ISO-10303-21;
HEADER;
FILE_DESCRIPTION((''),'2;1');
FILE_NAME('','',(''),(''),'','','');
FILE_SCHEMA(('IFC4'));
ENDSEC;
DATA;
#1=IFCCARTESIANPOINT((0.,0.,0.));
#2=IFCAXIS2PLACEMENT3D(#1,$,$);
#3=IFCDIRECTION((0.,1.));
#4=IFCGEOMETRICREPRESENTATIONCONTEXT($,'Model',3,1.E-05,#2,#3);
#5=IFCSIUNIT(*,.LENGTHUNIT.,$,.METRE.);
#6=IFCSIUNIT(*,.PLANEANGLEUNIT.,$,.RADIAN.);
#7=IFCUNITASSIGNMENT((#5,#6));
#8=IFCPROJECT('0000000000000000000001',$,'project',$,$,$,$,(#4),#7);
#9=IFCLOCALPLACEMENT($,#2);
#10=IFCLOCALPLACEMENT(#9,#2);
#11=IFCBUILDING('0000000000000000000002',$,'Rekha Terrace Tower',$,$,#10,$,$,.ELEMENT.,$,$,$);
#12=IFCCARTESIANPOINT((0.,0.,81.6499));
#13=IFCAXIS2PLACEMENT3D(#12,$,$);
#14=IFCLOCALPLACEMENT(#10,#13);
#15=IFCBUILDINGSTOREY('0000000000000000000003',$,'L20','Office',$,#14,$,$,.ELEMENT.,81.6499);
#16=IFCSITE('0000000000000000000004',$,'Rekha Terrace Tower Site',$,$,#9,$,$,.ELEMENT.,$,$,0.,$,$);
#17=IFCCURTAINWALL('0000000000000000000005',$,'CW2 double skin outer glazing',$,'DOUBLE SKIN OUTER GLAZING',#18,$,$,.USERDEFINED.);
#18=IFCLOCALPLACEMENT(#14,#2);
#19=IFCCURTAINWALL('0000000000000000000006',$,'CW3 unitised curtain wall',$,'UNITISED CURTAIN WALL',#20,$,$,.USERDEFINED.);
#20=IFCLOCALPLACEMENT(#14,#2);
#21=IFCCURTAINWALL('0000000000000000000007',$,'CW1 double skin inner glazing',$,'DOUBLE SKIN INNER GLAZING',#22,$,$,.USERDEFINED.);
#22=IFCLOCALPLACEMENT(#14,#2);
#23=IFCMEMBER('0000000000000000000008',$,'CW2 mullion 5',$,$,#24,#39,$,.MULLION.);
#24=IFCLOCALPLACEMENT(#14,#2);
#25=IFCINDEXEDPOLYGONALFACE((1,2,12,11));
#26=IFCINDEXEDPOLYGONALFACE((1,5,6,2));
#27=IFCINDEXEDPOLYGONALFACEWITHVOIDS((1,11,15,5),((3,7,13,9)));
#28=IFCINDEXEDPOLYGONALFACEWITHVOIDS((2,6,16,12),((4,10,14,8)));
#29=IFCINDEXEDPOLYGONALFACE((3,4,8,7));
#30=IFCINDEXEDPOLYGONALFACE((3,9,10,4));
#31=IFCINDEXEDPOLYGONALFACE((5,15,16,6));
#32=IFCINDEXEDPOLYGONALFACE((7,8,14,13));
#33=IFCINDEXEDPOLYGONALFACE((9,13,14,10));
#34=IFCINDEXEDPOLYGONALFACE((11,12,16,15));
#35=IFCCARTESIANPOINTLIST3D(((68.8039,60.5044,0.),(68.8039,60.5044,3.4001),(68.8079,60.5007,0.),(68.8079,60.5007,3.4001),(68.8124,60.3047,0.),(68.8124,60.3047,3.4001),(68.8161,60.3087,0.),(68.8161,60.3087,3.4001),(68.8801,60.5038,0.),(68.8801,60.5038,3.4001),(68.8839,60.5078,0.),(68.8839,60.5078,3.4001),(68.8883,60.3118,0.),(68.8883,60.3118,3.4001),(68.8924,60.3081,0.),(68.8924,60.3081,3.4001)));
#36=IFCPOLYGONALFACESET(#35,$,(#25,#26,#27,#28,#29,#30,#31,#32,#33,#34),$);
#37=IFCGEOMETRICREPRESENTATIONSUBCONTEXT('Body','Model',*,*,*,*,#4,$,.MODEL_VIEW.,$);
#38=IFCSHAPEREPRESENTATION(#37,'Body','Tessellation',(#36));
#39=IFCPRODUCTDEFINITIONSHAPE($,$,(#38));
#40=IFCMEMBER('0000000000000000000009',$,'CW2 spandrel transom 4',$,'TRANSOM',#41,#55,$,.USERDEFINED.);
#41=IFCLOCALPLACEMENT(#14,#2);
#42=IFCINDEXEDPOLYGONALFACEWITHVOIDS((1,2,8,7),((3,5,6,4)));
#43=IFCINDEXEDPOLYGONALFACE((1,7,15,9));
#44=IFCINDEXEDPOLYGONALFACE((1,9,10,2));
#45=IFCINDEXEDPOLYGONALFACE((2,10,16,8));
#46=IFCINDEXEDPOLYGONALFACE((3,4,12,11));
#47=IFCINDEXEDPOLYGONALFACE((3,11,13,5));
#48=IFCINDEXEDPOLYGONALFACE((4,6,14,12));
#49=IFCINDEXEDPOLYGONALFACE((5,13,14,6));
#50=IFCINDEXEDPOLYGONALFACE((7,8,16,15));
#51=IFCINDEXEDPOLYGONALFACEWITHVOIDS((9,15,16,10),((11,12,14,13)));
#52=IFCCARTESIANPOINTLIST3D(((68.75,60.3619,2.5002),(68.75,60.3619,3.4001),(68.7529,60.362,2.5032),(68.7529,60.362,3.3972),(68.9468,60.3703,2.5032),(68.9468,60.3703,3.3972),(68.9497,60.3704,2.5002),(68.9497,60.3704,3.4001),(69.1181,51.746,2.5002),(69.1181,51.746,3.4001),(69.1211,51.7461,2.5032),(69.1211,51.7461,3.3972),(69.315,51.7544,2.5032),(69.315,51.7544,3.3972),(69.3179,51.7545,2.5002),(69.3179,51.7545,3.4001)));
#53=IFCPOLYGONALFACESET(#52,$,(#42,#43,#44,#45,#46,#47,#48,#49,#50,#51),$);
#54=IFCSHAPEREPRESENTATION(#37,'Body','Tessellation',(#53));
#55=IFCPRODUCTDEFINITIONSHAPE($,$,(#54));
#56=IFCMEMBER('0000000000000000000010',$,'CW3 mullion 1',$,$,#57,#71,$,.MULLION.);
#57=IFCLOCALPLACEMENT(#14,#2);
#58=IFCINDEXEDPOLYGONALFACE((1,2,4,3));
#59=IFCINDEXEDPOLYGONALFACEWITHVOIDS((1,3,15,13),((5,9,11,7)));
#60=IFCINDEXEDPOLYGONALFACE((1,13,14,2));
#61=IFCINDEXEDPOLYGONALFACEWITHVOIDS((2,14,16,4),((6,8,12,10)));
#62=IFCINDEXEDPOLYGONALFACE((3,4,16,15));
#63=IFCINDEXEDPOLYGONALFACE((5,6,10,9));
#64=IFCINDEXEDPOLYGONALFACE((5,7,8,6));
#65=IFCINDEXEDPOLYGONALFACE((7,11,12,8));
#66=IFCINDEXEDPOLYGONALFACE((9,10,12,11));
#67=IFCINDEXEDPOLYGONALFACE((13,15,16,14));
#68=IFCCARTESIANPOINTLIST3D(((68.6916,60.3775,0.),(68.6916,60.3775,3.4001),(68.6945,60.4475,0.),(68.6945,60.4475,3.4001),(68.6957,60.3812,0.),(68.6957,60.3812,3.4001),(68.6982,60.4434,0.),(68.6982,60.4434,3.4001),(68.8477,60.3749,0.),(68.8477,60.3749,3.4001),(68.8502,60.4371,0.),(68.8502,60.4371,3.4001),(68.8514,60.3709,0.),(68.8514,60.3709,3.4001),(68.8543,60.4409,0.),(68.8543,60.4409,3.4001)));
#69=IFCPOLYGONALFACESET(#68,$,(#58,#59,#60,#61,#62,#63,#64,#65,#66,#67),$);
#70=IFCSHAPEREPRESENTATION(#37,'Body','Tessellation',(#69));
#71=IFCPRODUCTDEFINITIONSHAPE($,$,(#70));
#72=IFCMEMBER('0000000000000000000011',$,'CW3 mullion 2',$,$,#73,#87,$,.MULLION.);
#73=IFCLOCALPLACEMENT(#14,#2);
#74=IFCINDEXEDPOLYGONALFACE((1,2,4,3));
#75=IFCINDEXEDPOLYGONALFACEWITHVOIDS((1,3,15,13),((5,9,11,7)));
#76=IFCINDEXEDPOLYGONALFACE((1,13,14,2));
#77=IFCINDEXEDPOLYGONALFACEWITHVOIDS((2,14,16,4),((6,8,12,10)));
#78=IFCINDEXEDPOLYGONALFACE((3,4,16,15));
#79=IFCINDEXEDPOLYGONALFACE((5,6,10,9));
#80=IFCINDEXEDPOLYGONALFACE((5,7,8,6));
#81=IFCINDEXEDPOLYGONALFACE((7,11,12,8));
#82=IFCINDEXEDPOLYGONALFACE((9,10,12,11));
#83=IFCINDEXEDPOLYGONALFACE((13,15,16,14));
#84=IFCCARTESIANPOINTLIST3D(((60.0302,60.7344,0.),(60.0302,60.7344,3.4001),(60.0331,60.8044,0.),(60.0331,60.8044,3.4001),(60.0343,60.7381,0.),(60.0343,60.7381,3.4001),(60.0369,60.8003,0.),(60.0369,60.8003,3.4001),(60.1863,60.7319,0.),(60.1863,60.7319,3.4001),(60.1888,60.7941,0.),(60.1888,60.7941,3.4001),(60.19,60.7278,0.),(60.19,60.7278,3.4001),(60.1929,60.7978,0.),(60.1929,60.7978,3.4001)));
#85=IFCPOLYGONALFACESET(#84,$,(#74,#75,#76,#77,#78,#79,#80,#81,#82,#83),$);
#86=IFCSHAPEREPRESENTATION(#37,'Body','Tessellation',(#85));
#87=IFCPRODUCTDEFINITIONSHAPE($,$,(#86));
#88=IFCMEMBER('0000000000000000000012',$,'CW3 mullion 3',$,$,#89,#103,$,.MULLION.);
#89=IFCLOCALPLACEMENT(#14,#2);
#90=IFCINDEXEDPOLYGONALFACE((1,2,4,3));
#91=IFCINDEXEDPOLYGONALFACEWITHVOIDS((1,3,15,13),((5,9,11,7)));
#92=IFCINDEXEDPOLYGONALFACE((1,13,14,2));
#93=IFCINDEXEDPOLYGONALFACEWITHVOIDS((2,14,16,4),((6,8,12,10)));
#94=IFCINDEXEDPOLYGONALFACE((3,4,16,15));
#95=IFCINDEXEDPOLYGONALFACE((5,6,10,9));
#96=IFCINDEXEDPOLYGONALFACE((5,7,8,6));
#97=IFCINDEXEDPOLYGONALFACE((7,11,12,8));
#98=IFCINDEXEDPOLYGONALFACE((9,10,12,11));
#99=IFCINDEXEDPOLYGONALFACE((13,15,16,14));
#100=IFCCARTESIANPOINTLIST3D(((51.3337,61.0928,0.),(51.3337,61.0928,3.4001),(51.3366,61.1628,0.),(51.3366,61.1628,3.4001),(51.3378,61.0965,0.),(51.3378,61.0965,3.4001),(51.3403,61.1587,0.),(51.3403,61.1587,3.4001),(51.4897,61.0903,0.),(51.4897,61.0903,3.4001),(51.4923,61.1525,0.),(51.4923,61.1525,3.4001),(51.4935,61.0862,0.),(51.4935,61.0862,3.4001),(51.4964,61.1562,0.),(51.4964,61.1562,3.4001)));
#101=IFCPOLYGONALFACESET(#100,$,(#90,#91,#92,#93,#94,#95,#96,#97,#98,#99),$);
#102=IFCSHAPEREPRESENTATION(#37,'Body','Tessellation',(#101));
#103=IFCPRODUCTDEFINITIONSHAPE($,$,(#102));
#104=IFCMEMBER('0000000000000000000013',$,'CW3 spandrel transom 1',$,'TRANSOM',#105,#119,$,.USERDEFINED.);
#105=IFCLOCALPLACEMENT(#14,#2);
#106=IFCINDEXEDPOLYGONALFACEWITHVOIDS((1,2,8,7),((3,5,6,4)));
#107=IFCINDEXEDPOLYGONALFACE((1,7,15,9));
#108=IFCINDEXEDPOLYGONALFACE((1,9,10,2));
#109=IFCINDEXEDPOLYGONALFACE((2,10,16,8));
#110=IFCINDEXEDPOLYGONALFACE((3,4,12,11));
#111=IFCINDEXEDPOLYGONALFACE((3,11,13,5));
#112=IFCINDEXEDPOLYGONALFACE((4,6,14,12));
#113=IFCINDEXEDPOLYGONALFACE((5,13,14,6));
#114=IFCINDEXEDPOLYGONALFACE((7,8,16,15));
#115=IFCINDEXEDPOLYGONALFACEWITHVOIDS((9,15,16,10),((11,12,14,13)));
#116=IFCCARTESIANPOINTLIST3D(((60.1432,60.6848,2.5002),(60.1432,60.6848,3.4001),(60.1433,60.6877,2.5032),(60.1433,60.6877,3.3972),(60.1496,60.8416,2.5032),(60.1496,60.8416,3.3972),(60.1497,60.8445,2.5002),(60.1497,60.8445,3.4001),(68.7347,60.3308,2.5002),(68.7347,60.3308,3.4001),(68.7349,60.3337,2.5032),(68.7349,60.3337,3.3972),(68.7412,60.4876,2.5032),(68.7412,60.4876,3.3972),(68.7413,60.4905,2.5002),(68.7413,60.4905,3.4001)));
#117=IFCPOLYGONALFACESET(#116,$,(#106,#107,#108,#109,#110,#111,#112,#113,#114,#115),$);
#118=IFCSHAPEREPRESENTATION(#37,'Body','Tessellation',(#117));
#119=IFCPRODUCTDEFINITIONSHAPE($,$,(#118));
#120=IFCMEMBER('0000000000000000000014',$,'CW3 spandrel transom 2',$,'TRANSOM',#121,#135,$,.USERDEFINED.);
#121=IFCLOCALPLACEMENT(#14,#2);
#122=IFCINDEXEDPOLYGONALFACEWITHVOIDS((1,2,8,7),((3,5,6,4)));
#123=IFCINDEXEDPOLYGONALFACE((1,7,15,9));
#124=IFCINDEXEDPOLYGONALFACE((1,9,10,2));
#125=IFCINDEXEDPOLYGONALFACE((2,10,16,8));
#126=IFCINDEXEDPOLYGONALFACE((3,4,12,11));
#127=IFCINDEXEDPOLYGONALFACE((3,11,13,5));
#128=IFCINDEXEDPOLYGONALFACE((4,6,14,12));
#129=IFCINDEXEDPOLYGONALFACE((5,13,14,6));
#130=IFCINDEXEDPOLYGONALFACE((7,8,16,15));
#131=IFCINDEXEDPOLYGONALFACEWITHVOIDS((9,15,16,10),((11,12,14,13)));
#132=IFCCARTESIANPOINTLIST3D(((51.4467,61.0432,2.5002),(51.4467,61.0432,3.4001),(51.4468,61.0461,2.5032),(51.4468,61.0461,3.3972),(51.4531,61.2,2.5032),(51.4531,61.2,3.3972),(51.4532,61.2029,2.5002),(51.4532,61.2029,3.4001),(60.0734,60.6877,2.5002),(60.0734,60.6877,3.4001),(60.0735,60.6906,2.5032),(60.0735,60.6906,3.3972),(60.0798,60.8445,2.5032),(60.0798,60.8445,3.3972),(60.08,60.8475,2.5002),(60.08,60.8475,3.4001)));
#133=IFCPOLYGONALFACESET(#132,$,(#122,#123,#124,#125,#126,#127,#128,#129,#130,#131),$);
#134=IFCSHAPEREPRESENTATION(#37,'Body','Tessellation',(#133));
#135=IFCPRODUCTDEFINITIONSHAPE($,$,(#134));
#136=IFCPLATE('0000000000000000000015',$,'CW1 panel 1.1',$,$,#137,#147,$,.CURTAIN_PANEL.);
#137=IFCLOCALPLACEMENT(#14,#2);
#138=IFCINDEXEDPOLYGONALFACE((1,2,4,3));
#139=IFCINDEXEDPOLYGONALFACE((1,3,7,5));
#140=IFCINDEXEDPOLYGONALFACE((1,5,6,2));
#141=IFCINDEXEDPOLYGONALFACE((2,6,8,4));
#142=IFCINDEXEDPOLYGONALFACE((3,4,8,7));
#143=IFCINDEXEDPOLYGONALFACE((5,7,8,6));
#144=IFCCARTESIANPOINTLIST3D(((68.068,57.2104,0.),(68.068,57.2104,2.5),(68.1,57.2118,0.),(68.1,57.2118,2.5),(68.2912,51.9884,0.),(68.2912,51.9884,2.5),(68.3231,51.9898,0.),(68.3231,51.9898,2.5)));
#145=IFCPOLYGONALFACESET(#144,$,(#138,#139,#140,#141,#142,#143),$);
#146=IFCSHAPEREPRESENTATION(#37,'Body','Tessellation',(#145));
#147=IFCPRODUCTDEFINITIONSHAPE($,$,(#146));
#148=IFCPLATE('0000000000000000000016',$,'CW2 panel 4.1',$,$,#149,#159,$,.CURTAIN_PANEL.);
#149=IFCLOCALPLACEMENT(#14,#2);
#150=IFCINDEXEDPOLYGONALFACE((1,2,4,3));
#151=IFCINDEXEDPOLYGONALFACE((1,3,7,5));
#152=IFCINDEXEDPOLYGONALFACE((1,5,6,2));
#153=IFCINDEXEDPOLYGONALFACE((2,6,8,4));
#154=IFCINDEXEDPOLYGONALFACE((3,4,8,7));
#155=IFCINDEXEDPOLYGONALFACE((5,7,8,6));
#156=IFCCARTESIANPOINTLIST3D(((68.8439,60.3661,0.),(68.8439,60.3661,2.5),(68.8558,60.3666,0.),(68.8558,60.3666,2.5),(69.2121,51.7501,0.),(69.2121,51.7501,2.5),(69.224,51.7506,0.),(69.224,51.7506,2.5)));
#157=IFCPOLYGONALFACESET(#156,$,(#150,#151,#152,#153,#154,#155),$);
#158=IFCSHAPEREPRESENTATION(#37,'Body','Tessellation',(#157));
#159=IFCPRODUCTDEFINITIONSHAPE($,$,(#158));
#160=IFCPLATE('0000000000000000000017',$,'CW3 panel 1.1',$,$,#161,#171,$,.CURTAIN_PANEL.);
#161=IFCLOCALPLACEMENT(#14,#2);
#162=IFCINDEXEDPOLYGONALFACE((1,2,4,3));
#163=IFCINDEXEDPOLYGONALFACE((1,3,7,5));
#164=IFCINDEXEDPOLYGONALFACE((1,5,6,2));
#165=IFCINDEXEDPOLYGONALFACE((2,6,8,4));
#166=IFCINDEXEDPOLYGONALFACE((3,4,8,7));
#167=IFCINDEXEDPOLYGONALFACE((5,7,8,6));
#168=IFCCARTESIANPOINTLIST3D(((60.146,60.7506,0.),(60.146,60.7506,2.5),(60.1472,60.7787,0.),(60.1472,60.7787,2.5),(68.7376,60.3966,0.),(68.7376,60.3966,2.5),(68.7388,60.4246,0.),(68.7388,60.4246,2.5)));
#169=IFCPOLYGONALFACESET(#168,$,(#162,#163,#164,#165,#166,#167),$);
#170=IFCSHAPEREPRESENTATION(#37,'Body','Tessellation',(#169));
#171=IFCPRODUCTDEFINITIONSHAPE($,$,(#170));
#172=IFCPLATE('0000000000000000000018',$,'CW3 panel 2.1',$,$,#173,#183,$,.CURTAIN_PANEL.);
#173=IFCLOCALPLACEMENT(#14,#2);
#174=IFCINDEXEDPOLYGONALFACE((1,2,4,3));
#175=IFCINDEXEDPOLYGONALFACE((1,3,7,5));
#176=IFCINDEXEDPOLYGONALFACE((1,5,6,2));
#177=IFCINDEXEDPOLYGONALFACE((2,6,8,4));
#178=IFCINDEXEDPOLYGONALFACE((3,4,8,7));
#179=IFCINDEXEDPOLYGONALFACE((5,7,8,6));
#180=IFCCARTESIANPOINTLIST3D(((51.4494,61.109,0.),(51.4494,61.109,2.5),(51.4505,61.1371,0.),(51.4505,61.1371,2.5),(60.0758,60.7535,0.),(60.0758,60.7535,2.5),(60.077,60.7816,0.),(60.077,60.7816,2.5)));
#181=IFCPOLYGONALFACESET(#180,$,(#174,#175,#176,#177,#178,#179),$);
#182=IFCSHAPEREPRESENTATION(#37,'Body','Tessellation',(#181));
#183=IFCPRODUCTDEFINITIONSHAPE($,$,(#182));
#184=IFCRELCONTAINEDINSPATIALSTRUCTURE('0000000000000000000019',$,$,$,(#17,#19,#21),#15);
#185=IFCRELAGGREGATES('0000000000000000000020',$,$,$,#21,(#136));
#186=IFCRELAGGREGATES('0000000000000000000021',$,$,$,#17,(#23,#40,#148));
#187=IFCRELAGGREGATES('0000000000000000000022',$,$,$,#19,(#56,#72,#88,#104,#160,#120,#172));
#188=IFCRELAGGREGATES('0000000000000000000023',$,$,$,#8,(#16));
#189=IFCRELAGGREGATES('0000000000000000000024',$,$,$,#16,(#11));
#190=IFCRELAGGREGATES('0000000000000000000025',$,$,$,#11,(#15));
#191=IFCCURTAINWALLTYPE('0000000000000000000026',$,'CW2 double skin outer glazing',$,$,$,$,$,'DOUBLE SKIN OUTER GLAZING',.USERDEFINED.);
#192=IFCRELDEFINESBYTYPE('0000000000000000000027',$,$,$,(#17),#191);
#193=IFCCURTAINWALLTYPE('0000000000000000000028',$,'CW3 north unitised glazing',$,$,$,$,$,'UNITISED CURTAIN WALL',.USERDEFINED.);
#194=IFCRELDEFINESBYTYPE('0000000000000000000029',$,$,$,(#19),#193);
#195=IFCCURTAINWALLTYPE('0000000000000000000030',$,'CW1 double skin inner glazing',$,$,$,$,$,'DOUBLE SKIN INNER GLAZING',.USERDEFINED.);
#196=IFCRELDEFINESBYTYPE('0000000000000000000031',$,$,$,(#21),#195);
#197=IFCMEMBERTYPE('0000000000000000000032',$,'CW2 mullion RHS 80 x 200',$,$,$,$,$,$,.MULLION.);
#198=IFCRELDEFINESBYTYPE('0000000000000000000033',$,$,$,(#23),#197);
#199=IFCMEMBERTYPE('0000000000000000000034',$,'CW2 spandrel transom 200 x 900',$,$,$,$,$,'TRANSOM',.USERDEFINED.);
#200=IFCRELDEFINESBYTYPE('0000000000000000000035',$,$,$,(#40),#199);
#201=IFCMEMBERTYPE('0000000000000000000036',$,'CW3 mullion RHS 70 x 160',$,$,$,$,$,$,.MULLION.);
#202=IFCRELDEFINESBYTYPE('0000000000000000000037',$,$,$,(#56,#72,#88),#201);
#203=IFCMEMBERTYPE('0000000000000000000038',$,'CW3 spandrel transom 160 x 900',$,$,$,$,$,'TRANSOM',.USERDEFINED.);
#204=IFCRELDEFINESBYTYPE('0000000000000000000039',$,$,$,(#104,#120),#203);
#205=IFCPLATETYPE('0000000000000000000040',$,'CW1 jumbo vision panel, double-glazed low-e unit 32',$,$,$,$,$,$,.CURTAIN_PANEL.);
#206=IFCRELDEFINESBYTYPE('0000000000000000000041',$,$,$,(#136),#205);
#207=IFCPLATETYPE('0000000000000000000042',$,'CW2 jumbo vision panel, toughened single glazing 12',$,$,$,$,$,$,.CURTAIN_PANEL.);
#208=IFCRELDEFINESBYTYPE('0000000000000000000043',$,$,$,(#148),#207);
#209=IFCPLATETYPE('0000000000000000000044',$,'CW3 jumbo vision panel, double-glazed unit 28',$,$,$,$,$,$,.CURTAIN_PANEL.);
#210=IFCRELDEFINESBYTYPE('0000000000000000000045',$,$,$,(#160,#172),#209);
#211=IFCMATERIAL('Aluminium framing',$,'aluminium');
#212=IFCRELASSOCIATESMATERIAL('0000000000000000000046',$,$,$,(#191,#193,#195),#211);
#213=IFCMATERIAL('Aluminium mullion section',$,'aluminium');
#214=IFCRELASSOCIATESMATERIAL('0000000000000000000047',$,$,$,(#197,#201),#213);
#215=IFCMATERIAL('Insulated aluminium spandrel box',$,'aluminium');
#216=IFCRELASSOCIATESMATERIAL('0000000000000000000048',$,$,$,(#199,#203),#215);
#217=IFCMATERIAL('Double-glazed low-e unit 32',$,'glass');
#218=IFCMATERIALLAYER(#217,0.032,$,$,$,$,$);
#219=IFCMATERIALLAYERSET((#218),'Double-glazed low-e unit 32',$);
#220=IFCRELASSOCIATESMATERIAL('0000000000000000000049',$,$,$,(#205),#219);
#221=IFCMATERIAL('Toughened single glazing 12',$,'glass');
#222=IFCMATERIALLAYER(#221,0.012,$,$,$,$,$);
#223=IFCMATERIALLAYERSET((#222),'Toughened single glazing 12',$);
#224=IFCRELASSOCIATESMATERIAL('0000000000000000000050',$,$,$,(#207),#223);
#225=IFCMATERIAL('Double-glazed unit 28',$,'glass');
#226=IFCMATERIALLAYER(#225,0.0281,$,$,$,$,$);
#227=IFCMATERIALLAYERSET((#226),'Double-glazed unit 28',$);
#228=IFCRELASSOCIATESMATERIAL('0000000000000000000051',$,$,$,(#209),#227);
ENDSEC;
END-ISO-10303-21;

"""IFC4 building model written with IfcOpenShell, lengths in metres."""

from ifc_helpers import new_model, si_unit, direction, frame, origin, origin_2d, place, context, subcontext, project, spatial, rectangle, hollow_rectangle, extrude, material, layer, layer_set, material_profile, profile_set, type_object, element, aggregate, save


model = new_model("IFC4")

# Units and contexts
model_context = context("Model", 3, precision=1e-05, world=origin(), true_north=direction((0.0, 1.0)))
body_context = subcontext(model_context, "Body", "Model", "MODEL_VIEW")
ifc_project = project(units=[si_unit("LENGTHUNIT", "METRE"), si_unit("PLANEANGLEUNIT", "RADIAN")], contexts=[model_context])

# Site, building, storey
site_placement = place(None, origin())
site = spatial("IfcSite", under=ifc_project, at=site_placement, Name="Rekha Terrace Tower Site", CompositionType="ELEMENT", RefElevation=0.0)
building_placement = place(site_placement, origin())
building = spatial("IfcBuilding", under=site, at=building_placement, Name="Rekha Terrace Tower", CompositionType="ELEMENT")
storey_placement = place(building_placement, frame((0.0, 0.0, 81.6499)))
storey = spatial("IfcBuildingStorey", under=building, at=storey_placement, Name="L20", Description="Office", CompositionType="ELEMENT", Elevation=81.6499)

# Curtain wall
ifc_material_1 = material(Name="Aluminium framing", Category="aluminium")
curtain_wall_type_1 = type_object("IfcCurtainWallType", Name="CW2 double skin outer glazing", ElementType="DOUBLE SKIN OUTER GLAZING", PredefinedType="USERDEFINED", material=ifc_material_1)
curtain_wall_1_placement = place(storey_placement, origin())
curtain_wall_1 = element("IfcCurtainWall", 1, at=curtain_wall_1_placement, inside=storey, type_object=curtain_wall_type_1, Name="CW2 double skin outer glazing", ObjectType="DOUBLE SKIN OUTER GLAZING", PredefinedType="USERDEFINED")

# Curtain wall
curtain_wall_type_2 = type_object("IfcCurtainWallType", Name="CW3 north unitised glazing", ElementType="UNITISED CURTAIN WALL", PredefinedType="USERDEFINED", material=ifc_material_1)
curtain_wall_2_placement = place(storey_placement, origin())
curtain_wall_2 = element("IfcCurtainWall", 2, at=curtain_wall_2_placement, inside=storey, type_object=curtain_wall_type_2, Name="CW3 unitised curtain wall", ObjectType="UNITISED CURTAIN WALL", PredefinedType="USERDEFINED")

# Shared definitions
curtain_wall_type_3 = type_object("IfcCurtainWallType", Name="CW1 double skin inner glazing", ElementType="DOUBLE SKIN INNER GLAZING", PredefinedType="USERDEFINED", material=ifc_material_1)
ifc_material_2 = material(Name="Aluminium mullion section", Category="aluminium")

# Curtain wall
curtain_wall_3_placement = place(storey_placement, origin())
curtain_wall_3 = element("IfcCurtainWall", 3, at=curtain_wall_3_placement, inside=storey, type_object=curtain_wall_type_3, Name="CW1 double skin inner glazing", ObjectType="DOUBLE SKIN INNER GLAZING", PredefinedType="USERDEFINED")
ifc_material_3 = material(Name="Insulated aluminium spandrel box", Category="aluminium")

# Members
ifc_material_profile_1 = material_profile(ifc_material_2, hollow_rectangle(XDim=0.0801, YDim=0.2, WallThickness=0.0039, at=origin_2d()), Name="AL RHS 80x200")
ifc_profile_set_1 = profile_set([ifc_material_profile_1], Name="Aluminium mullion section")
member_type_1 = type_object("IfcMemberType", Name="CW2 mullion RHS 80 x 200", PredefinedType="MULLION", material=ifc_profile_set_1)
member_1_placement = place(storey_placement, frame((68.8481, 60.4062, 0.0), z_axis=(0.0, 0.0, 1.0), x_axis=(-0.999088, -0.042696, 0.0)))
member_1 = element("IfcMember", 4, at=member_1_placement, type_object=member_type_1, Name="CW2 mullion 5", PredefinedType="MULLION", context=body_context, shape_type="SweptSolid", body=[
    extrude(hollow_rectangle(XDim=0.0801, YDim=0.2, WallThickness=0.0039, at=origin_2d()), origin(), (0.0, 0.0, 1.0), 3.4001),
])
ifc_material_profile_2 = material_profile(ifc_material_3, hollow_rectangle(XDim=0.2, YDim=0.8999, WallThickness=0.0029, at=origin_2d()), Name="AL SPANDREL BOX 200x900")
ifc_profile_set_2 = profile_set([ifc_material_profile_2], Name="Insulated aluminium spandrel box")
member_type_2 = type_object("IfcMemberType", Name="CW2 spandrel transom 200 x 900", ElementType="TRANSOM", PredefinedType="USERDEFINED", material=ifc_profile_set_2)
member_2_placement = place(storey_placement, frame((69.218, 51.7502, 2.9502), z_axis=(-0.042691, 0.999088, 0.0), x_axis=(-0.999088, -0.042691, 0.0)))
member_2 = element("IfcMember", 5, at=member_2_placement, type_object=member_type_2, Name="CW2 spandrel transom 4", ObjectType="TRANSOM", PredefinedType="USERDEFINED", context=body_context, shape_type="SweptSolid", body=[
    extrude(hollow_rectangle(XDim=0.2, YDim=0.8999, WallThickness=0.0029, at=origin_2d()), origin(), (0.0, 0.0, 1.0), 8.6238),
])
ifc_material_profile_3 = material_profile(ifc_material_2, hollow_rectangle(XDim=0.0701, YDim=0.1599, WallThickness=0.0039, at=origin_2d()), Name="AL RHS 70x160")
ifc_profile_set_3 = profile_set([ifc_material_profile_3], Name="Aluminium mullion section")
member_type_3 = type_object("IfcMemberType", Name="CW3 mullion RHS 70 x 160", PredefinedType="MULLION", material=ifc_profile_set_3)
member_3_placement = place(storey_placement, frame((68.7729, 60.4092, 0.0), z_axis=(0.0, 0.0, 1.0), x_axis=(-0.041174, -0.999152, 0.0)))
member_3 = element("IfcMember", 6, at=member_3_placement, type_object=member_type_3, Name="CW3 mullion 1", PredefinedType="MULLION", context=body_context, shape_type="SweptSolid", body=[
    extrude(hollow_rectangle(XDim=0.0701, YDim=0.1599, WallThickness=0.0039, at=origin_2d()), origin(), (0.0, 0.0, 1.0), 3.4001),
])
member_4_placement = place(storey_placement, frame((60.1116, 60.7661, 0.0), z_axis=(0.0, 0.0, 1.0), x_axis=(-0.041174, -0.999152, 0.0)))
member_4 = element("IfcMember", 7, at=member_4_placement, type_object=member_type_3, Name="CW3 mullion 2", PredefinedType="MULLION", context=body_context, shape_type="SweptSolid", body=[
    extrude(hollow_rectangle(XDim=0.0701, YDim=0.1599, WallThickness=0.0039, at=origin_2d()), origin(), (0.0, 0.0, 1.0), 3.4001),
])
member_5_placement = place(storey_placement, frame((51.415, 61.1245, 0.0), z_axis=(0.0, 0.0, 1.0), x_axis=(-0.041174, -0.999152, 0.0)))
member_5 = element("IfcMember", 8, at=member_5_placement, type_object=member_type_3, Name="CW3 mullion 3", PredefinedType="MULLION", context=body_context, shape_type="SweptSolid", body=[
    extrude(hollow_rectangle(XDim=0.0701, YDim=0.1599, WallThickness=0.0039, at=origin_2d()), origin(), (0.0, 0.0, 1.0), 3.4001),
])
ifc_material_profile_4 = material_profile(ifc_material_3, hollow_rectangle(XDim=0.1599, YDim=0.8999, WallThickness=0.0029, at=origin_2d()), Name="AL SPANDREL BOX 160x900")
ifc_profile_set_4 = profile_set([ifc_material_profile_4], Name="Insulated aluminium spandrel box")
member_type_4 = type_object("IfcMemberType", Name="CW3 spandrel transom 160 x 900", ElementType="TRANSOM", PredefinedType="USERDEFINED", material=ifc_profile_set_4)
member_6_placement = place(storey_placement, frame((68.738, 60.4106, 2.9502), z_axis=(-0.999152, 0.041169, 0.0), x_axis=(-0.041169, -0.999152, 0.0)))
member_6 = element("IfcMember", 9, at=member_6_placement, type_object=member_type_4, Name="CW3 spandrel transom 1", ObjectType="TRANSOM", PredefinedType="USERDEFINED", context=body_context, shape_type="SweptSolid", body=[
    extrude(hollow_rectangle(XDim=0.1599, YDim=0.8999, WallThickness=0.0029, at=origin_2d()), origin(), (0.0, 0.0, 1.0), 8.5989),
])
member_7_placement = place(storey_placement, frame((60.0767, 60.7676, 2.9502), z_axis=(-0.999152, 0.041171, 0.0), x_axis=(-0.041171, -0.999152, 0.0)))
member_7 = element("IfcMember", 10, at=member_7_placement, type_object=member_type_4, Name="CW3 spandrel transom 2", ObjectType="TRANSOM", PredefinedType="USERDEFINED", context=body_context, shape_type="SweptSolid", body=[
    extrude(hollow_rectangle(XDim=0.1599, YDim=0.8999, WallThickness=0.0029, at=origin_2d()), origin(), (0.0, 0.0, 1.0), 8.634),
])

# Plates
ifc_material_4 = material(Name="Double-glazed low-e unit 32", Category="glass")
ifc_layer_1 = layer(ifc_material_4, 0.032)
ifc_layer_set_1 = layer_set([ifc_layer_1], Name="Double-glazed low-e unit 32")
plate_type_1 = type_object("IfcPlateType", Name="CW1 jumbo vision panel, double-glazed low-e unit 32", PredefinedType="CURTAIN_PANEL", material=ifc_layer_set_1)
plate_1_placement = place(storey_placement, frame((68.1956, 54.6001, 0.0), z_axis=(0.0, 0.0, 1.0), x_axis=(-0.042696, 0.999088, 0.0)))
plate_1 = element("IfcPlate", 11, at=plate_1_placement, type_object=plate_type_1, Name="CW1 panel 1.1", PredefinedType="CURTAIN_PANEL", context=body_context, shape_type="SweptSolid", body=[
    extrude(rectangle(XDim=5.2268, YDim=0.032, at=origin_2d()), origin(), (0.0, 0.0, 1.0), 2.5),
])
aggregate(curtain_wall_3, [plate_1])
ifc_material_5 = material(Name="Toughened single glazing 12", Category="glass")
ifc_layer_2 = layer(ifc_material_5, 0.012)
ifc_layer_set_2 = layer_set([ifc_layer_2], Name="Toughened single glazing 12")
plate_type_2 = type_object("IfcPlateType", Name="CW2 jumbo vision panel, toughened single glazing 12", PredefinedType="CURTAIN_PANEL", material=ifc_layer_set_2)
plate_2_placement = place(storey_placement, frame((69.0339, 56.0583, 0.0), z_axis=(0.0, 0.0, 1.0), x_axis=(-0.042696, 0.999088, 0.0)))
plate_2 = element("IfcPlate", 12, at=plate_2_placement, type_object=plate_type_2, Name="CW2 panel 4.1", PredefinedType="CURTAIN_PANEL", context=body_context, shape_type="SweptSolid", body=[
    extrude(rectangle(XDim=8.6238, YDim=0.012, at=origin_2d()), origin(), (0.0, 0.0, 1.0), 2.5),
])
aggregate(curtain_wall_1, [member_1, member_2, plate_2])
ifc_material_6 = material(Name="Double-glazed unit 28", Category="glass")
ifc_layer_3 = layer(ifc_material_6, 0.0281)
ifc_layer_set_3 = layer_set([ifc_layer_3], Name="Double-glazed unit 28")
plate_type_3 = type_object("IfcPlateType", Name="CW3 jumbo vision panel, double-glazed unit 28", PredefinedType="CURTAIN_PANEL", material=ifc_layer_set_3)
plate_3_placement = place(storey_placement, frame((64.4424, 60.5876, 0.0), z_axis=(0.0, 0.0, 1.0), x_axis=(-0.999152, 0.041174, 0.0)))
plate_3 = element("IfcPlate", 13, at=plate_3_placement, type_object=plate_type_3, Name="CW3 panel 1.1", PredefinedType="CURTAIN_PANEL", context=body_context, shape_type="SweptSolid", body=[
    extrude(rectangle(XDim=8.5989, YDim=0.0281, at=origin_2d()), origin(), (0.0, 0.0, 1.0), 2.5),
])
plate_4_placement = place(storey_placement, frame((55.7632, 60.9453, 0.0), z_axis=(0.0, 0.0, 1.0), x_axis=(-0.999152, 0.041174, 0.0)))
plate_4 = element("IfcPlate", 14, at=plate_4_placement, type_object=plate_type_3, Name="CW3 panel 2.1", PredefinedType="CURTAIN_PANEL", context=body_context, shape_type="SweptSolid", body=[
    extrude(rectangle(XDim=8.6338, YDim=0.0281, at=origin_2d()), origin(), (0.0, 0.0, 1.0), 2.5),
])
aggregate(curtain_wall_2, [member_3, member_4, member_5, member_6, plate_3, member_7, plate_4])

save(model, "model.ifc")
